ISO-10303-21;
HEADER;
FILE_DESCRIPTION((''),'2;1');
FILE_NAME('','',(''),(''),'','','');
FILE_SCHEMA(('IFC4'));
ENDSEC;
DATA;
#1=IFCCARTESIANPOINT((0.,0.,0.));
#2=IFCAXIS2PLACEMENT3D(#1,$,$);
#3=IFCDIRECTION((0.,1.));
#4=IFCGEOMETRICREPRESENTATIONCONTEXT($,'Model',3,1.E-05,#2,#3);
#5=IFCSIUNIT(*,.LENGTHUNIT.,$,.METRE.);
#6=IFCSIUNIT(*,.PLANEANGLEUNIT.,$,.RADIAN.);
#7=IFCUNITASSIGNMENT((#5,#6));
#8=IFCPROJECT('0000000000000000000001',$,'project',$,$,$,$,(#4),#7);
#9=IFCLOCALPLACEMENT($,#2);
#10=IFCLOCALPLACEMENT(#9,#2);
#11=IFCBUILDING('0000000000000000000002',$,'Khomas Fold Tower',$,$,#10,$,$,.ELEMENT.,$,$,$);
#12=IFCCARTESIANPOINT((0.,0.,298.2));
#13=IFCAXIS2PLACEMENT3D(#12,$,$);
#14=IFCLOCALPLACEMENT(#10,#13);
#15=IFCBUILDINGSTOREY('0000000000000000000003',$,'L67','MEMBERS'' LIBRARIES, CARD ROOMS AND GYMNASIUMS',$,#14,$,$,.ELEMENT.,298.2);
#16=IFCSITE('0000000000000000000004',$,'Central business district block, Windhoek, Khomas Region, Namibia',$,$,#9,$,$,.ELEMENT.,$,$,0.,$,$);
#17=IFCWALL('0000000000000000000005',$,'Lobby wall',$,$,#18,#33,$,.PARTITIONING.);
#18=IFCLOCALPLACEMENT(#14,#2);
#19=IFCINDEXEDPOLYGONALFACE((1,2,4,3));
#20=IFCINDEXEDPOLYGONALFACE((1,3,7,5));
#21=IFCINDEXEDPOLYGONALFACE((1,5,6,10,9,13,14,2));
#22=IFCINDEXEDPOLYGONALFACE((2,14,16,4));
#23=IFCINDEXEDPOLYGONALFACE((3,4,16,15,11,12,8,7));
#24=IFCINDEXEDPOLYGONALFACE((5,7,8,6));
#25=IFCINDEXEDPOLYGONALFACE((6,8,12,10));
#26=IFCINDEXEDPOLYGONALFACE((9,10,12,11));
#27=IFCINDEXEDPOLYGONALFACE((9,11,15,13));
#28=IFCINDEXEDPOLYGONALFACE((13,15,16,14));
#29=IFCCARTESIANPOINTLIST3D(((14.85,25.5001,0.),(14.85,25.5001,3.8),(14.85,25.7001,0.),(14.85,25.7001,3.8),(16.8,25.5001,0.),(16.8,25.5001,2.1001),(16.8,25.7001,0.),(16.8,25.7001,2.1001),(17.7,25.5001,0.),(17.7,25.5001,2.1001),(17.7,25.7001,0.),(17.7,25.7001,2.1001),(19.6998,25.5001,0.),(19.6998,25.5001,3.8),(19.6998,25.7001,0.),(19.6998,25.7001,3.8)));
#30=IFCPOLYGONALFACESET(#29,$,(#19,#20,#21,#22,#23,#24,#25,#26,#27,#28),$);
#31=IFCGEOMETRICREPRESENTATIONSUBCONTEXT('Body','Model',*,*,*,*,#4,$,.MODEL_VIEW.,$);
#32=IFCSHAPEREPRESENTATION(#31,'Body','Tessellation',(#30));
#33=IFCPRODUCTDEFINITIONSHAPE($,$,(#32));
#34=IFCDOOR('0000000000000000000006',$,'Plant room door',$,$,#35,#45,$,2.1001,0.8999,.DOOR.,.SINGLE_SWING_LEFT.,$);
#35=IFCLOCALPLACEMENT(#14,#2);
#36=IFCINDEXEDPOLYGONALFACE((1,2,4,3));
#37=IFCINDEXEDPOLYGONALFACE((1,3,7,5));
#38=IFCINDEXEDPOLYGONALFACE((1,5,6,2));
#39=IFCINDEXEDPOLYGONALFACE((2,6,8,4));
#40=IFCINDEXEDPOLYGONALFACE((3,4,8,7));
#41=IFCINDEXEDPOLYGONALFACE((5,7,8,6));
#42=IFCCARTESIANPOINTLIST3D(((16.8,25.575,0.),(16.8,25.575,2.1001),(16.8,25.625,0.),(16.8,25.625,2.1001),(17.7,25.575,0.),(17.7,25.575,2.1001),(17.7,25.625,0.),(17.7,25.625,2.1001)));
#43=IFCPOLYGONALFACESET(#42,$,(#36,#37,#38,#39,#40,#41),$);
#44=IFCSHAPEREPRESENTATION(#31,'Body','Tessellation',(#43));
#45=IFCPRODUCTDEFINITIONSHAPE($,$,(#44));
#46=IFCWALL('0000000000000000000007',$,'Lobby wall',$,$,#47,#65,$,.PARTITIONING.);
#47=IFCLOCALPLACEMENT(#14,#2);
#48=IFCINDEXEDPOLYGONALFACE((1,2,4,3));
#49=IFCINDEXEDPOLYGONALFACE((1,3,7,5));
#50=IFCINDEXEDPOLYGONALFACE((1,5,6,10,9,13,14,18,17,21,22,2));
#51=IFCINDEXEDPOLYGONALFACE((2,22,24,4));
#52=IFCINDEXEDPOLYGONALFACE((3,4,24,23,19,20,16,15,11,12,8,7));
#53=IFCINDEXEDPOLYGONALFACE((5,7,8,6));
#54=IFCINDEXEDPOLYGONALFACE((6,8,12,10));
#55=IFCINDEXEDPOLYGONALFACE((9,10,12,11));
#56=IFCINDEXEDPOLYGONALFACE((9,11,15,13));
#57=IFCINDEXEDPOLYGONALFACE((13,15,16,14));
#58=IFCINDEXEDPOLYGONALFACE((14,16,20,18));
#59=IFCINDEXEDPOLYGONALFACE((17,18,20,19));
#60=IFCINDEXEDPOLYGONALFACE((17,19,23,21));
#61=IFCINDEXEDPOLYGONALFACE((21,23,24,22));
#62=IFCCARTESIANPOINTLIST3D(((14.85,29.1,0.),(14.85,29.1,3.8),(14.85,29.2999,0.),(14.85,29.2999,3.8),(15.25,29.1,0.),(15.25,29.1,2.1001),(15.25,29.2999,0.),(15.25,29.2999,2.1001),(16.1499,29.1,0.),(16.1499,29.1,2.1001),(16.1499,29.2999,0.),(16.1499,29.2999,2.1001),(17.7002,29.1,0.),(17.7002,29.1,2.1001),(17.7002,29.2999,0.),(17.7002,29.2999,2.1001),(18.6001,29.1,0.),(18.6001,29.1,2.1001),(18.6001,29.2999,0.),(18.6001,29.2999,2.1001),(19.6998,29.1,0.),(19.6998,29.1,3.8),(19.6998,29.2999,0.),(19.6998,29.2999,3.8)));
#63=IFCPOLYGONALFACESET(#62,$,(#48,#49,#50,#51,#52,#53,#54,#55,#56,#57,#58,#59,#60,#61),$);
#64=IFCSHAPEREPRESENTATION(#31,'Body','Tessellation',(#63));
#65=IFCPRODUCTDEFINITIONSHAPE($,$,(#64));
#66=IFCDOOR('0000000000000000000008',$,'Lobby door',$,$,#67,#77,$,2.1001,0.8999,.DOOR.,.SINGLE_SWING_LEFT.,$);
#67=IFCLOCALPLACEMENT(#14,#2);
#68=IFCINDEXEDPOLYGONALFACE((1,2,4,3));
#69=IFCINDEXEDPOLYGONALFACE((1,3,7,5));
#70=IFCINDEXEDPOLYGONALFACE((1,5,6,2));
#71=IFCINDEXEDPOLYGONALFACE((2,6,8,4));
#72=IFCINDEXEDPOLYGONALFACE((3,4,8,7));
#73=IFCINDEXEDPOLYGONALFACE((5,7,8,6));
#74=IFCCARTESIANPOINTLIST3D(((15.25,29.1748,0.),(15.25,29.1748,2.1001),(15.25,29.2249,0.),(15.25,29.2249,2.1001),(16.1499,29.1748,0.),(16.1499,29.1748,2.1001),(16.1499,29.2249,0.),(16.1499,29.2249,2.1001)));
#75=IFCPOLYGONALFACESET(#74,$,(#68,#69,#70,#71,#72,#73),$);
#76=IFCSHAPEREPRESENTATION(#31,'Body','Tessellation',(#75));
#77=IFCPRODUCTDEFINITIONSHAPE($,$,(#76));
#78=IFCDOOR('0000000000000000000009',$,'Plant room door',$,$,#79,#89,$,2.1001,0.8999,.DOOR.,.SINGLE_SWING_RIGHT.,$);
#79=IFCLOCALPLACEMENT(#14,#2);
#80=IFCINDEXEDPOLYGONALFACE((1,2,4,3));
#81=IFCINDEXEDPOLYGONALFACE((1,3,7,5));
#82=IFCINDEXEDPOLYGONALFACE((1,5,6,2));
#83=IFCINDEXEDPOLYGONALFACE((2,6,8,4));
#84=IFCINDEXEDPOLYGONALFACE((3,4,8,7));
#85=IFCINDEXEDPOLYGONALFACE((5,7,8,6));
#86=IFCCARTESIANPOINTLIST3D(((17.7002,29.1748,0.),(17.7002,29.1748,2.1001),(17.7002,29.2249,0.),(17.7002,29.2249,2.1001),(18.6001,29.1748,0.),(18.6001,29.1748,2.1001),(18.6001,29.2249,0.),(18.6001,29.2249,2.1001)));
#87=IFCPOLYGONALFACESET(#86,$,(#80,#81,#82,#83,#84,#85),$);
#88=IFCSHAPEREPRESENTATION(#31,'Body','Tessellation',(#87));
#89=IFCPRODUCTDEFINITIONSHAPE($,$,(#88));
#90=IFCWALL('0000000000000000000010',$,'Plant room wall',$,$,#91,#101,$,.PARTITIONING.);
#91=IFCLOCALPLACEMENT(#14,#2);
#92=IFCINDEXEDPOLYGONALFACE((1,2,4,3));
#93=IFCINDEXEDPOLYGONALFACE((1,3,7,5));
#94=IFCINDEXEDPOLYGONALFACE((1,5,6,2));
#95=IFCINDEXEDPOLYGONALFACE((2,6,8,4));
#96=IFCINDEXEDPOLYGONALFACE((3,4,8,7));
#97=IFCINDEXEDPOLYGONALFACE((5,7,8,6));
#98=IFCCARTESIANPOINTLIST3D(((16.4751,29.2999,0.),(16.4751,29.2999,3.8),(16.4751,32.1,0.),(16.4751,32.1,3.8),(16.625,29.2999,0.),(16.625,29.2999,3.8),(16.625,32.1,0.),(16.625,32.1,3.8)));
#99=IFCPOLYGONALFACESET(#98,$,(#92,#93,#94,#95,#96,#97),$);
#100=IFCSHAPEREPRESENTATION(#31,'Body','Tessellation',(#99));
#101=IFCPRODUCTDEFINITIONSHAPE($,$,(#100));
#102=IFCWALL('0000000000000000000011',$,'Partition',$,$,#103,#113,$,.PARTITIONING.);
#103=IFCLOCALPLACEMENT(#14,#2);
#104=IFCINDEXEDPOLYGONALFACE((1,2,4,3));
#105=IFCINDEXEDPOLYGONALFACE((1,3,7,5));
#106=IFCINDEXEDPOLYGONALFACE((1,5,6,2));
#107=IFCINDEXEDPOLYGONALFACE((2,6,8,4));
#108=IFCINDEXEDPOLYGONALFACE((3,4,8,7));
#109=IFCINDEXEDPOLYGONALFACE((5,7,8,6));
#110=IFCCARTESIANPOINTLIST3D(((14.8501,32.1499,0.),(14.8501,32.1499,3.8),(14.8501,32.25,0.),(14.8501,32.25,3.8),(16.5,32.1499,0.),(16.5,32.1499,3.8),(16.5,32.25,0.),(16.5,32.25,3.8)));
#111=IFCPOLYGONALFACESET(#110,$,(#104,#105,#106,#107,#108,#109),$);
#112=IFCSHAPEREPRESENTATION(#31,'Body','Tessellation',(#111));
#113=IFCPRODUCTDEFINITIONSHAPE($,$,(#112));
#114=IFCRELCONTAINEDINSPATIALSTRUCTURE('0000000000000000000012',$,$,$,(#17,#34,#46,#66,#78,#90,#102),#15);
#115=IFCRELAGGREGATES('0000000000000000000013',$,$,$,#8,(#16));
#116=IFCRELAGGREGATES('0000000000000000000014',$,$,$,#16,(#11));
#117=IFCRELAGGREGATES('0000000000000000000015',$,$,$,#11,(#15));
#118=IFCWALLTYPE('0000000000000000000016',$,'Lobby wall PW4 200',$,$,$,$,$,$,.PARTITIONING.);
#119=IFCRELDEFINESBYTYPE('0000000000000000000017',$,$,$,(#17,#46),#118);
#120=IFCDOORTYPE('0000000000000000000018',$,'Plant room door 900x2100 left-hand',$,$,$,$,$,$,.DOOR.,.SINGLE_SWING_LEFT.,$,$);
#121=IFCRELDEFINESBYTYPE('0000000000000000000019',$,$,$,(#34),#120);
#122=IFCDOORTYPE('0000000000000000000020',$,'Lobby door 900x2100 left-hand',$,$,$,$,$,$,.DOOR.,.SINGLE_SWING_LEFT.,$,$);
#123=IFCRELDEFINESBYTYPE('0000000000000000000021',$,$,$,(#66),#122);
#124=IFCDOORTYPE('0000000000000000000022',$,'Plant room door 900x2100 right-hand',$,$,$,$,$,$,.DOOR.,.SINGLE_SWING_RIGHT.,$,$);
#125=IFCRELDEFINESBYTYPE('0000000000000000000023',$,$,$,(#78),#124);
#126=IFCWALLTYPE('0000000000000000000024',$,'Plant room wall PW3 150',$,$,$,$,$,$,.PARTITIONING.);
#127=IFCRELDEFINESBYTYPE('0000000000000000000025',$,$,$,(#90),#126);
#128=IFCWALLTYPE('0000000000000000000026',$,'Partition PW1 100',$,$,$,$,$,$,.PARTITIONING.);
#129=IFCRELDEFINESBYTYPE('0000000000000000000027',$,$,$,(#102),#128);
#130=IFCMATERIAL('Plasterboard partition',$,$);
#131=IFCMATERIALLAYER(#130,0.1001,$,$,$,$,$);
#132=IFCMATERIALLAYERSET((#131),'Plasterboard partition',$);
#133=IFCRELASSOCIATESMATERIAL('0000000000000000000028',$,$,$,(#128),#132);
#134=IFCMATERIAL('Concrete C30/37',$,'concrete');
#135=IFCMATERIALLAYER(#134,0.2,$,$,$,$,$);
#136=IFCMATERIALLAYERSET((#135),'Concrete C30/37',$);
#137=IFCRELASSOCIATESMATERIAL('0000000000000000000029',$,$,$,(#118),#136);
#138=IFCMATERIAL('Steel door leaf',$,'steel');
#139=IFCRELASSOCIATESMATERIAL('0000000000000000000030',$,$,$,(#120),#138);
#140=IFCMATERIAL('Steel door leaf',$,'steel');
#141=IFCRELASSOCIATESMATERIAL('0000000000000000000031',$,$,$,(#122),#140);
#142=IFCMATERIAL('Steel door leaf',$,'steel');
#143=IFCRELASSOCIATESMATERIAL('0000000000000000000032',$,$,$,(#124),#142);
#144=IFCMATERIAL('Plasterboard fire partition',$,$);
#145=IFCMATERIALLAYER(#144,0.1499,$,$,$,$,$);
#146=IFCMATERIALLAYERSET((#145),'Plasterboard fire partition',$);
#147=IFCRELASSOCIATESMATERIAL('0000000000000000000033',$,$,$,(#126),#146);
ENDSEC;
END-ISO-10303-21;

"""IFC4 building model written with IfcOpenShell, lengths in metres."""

from ifc_helpers import new_model, si_unit, direction, frame, frame_2d, origin, place, context, subcontext, project, spatial, rectangle, extrude, source, transform, mapped, material, layer, layer_set, type_object, element, fill, save


model = new_model("IFC4")

# Units and contexts
model_context = context("Model", 3, precision=1e-05, world=origin(), true_north=direction((0.0, 1.0)))
body_context = subcontext(model_context, "Body", "Model", "MODEL_VIEW")
ifc_project = project(units=[si_unit("LENGTHUNIT", "METRE"), si_unit("PLANEANGLEUNIT", "RADIAN")], contexts=[model_context])

# Site, building, storey
site_placement = place(None, origin())
site = spatial("IfcSite", under=ifc_project, at=site_placement, Name="Central business district block, Windhoek, Khomas Region, Namibia", CompositionType="ELEMENT", RefElevation=0.0)
building_placement = place(site_placement, origin())
building = spatial("IfcBuilding", under=site, at=building_placement, Name="Khomas Fold Tower", CompositionType="ELEMENT")
storey_placement = place(building_placement, frame((0.0, 0.0, 298.2)))
storey = spatial("IfcBuildingStorey", under=building, at=storey_placement, Name="L67", Description="MEMBERS' LIBRARIES, CARD ROOMS AND GYMNASIUMS", CompositionType="ELEMENT", Elevation=298.2)

# Shared definitions
ifc_material_1 = material(Name="Plasterboard partition")
ifc_layer_1 = layer(ifc_material_1, 0.1001)
ifc_layer_set_1 = layer_set([ifc_layer_1], Name="Plasterboard partition")
wall_type_1 = type_object("IfcWallType", Name="Partition PW1 100", PredefinedType="PARTITIONING", material=ifc_layer_set_1)

# Wall, opening, door
ifc_material_2 = material(Name="Concrete C30/37", Category="concrete")
ifc_layer_2 = layer(ifc_material_2, 0.2)
ifc_layer_set_2 = layer_set([ifc_layer_2], Name="Concrete C30/37")
wall_type_2 = type_object("IfcWallType", Name="Lobby wall PW4 200", PredefinedType="PARTITIONING", material=ifc_layer_set_2)
shared_shape_1 = source(origin(), body_context, "Body", "SweptSolid", [
    extrude(rectangle(XDim=4.8499, YDim=0.2, at=frame_2d((2.4248, 0.0))), origin(), (0.0, 0.0, 1.0), 3.8),
])
wall_1_placement = place(storey_placement, frame((14.8501, 25.6001, 0.0), z_axis=(0.0, 0.0, 1.0), x_axis=(1.0, 0.0, 0.0)))
wall_1 = element("IfcWall", 1, at=wall_1_placement, inside=storey, type_object=wall_type_2, Name="Lobby wall", PredefinedType="PARTITIONING", context=body_context, shape_type="MappedRepresentation", body=[
    mapped(shared_shape_1, transform((0.0, 0.0, 0.0))),
])
shared_shape_2 = source(origin(), body_context, "Body", "SweptSolid", [
    extrude(rectangle(XDim=0.8999, YDim=2.1001, at=frame_2d((0.45, 1.05))), frame((0.0, 0.1099, 0.0), z_axis=(0.0, -1.0, 0.0), x_axis=(1.0, 0.0, 0.0)), (0.0, 0.0, 1.0), 0.22),
])
opening_1_placement = place(wall_1_placement, frame((1.95, 0.0, 0.0)))
opening_1 = element("IfcOpeningElement", 2, at=opening_1_placement, cuts=wall_1, PredefinedType="OPENING", context=body_context, shape_type="MappedRepresentation", body=[
    mapped(shared_shape_2, transform((0.0, 0.0, 0.0))),
])
ifc_material_3 = material(Name="Steel door leaf", Category="steel")
door_type_1 = type_object("IfcDoorType", Name="Plant room door 900x2100 left-hand", OperationType="SINGLE_SWING_LEFT", PredefinedType="DOOR", material=ifc_material_3)
shared_shape_3 = source(origin(), body_context, "Body", "SweptSolid", [
    extrude(rectangle(XDim=0.8999, YDim=2.1001, at=frame_2d((0.45, 1.05))), frame((0.0, 0.0249, 0.0), z_axis=(0.0, -1.0, 0.0), x_axis=(1.0, 0.0, 0.0)), (0.0, 0.0, 1.0), 0.05),
])
door_1_placement = place(opening_1_placement, origin())
door_1 = element("IfcDoor", 3, at=door_1_placement, inside=storey, type_object=door_type_1, Name="Plant room door", OperationType="SINGLE_SWING_LEFT", OverallHeight=2.1001, OverallWidth=0.8999, PredefinedType="DOOR", context=body_context, shape_type="MappedRepresentation", body=[
    mapped(shared_shape_3, transform((0.0, 0.0, 0.0))),
])
fill(opening_1, door_1)

# Wall, openings, doors
wall_2_placement = place(storey_placement, frame((14.8501, 29.2, 0.0), z_axis=(0.0, 0.0, 1.0), x_axis=(1.0, 0.0, 0.0)))
wall_2 = element("IfcWall", 4, at=wall_2_placement, inside=storey, type_object=wall_type_2, Name="Lobby wall", PredefinedType="PARTITIONING", context=body_context, shape_type="MappedRepresentation", body=[
    mapped(shared_shape_1, transform((0.0, 0.0, 0.0))),
])
opening_2_placement = place(wall_2_placement, frame((0.3999, 0.0, 0.0)))
opening_2 = element("IfcOpeningElement", 5, at=opening_2_placement, cuts=wall_2, PredefinedType="OPENING", context=body_context, shape_type="MappedRepresentation", body=[
    mapped(shared_shape_2, transform((0.0, 0.0, 0.0))),
])
opening_3_placement = place(wall_2_placement, frame((2.8501, 0.0, 0.0)))
opening_3 = element("IfcOpeningElement", 6, at=opening_3_placement, cuts=wall_2, PredefinedType="OPENING", context=body_context, shape_type="MappedRepresentation", body=[
    mapped(shared_shape_2, transform((0.0, 0.0, 0.0))),
])
ifc_material_4 = material(Name="Steel door leaf", Category="steel")
door_type_2 = type_object("IfcDoorType", Name="Lobby door 900x2100 left-hand", OperationType="SINGLE_SWING_LEFT", PredefinedType="DOOR", material=ifc_material_4)
door_2_placement = place(opening_2_placement, origin())
door_2 = element("IfcDoor", 7, at=door_2_placement, inside=storey, type_object=door_type_2, Name="Lobby door", OperationType="SINGLE_SWING_LEFT", OverallHeight=2.1001, OverallWidth=0.8999, PredefinedType="DOOR", context=body_context, shape_type="MappedRepresentation", body=[
    mapped(shared_shape_3, transform((0.0, 0.0, 0.0))),
])
fill(opening_2, door_2)
ifc_material_5 = material(Name="Steel door leaf", Category="steel")
door_type_3 = type_object("IfcDoorType", Name="Plant room door 900x2100 right-hand", OperationType="SINGLE_SWING_RIGHT", PredefinedType="DOOR", material=ifc_material_5)
door_3_placement = place(opening_3_placement, origin())
door_3 = element("IfcDoor", 8, at=door_3_placement, inside=storey, type_object=door_type_3, Name="Plant room door", OperationType="SINGLE_SWING_RIGHT", OverallHeight=2.1001, OverallWidth=0.8999, PredefinedType="DOOR", context=body_context, shape_type="MappedRepresentation", body=[
    mapped(shared_shape_3, transform((0.0, 0.0, 0.0))),
])
fill(opening_3, door_3)

# Walls
ifc_material_6 = material(Name="Plasterboard fire partition")
ifc_layer_3 = layer(ifc_material_6, 0.1499)
ifc_layer_set_3 = layer_set([ifc_layer_3], Name="Plasterboard fire partition")
wall_type_3 = type_object("IfcWallType", Name="Plant room wall PW3 150", PredefinedType="PARTITIONING", material=ifc_layer_set_3)
shared_shape_4 = source(origin(), body_context, "Body", "SweptSolid", [
    extrude(rectangle(XDim=2.8, YDim=0.1499, at=frame_2d((1.3999, 0.0))), origin(), (0.0, 0.0, 1.0), 3.8),
])
wall_3_placement = place(storey_placement, frame((16.55, 29.3, 0.0), z_axis=(0.0, 0.0, 1.0), x_axis=(0.0, 1.0, 0.0)))
element("IfcWall", 9, at=wall_3_placement, inside=storey, type_object=wall_type_3, Name="Plant room wall", PredefinedType="PARTITIONING", context=body_context, shape_type="MappedRepresentation", body=[
    mapped(shared_shape_4, transform((0.0, 0.0, 0.0))),
])
shared_shape_5 = source(origin(), body_context, "Body", "SweptSolid", [
    extrude(rectangle(XDim=1.6499, YDim=0.1001, at=frame_2d((0.825, 0.0))), origin(), (0.0, 0.0, 1.0), 3.8),
])
wall_4_placement = place(storey_placement, frame((14.8501, 32.2, 0.0), z_axis=(0.0, 0.0, 1.0), x_axis=(1.0, 0.0, 0.0)))
element("IfcWall", 10, at=wall_4_placement, inside=storey, type_object=wall_type_1, Name="Partition", PredefinedType="PARTITIONING", context=body_context, shape_type="MappedRepresentation", body=[
    mapped(shared_shape_5, transform((0.0, 0.0, 0.0))),
])

save(model, "model.ifc")
